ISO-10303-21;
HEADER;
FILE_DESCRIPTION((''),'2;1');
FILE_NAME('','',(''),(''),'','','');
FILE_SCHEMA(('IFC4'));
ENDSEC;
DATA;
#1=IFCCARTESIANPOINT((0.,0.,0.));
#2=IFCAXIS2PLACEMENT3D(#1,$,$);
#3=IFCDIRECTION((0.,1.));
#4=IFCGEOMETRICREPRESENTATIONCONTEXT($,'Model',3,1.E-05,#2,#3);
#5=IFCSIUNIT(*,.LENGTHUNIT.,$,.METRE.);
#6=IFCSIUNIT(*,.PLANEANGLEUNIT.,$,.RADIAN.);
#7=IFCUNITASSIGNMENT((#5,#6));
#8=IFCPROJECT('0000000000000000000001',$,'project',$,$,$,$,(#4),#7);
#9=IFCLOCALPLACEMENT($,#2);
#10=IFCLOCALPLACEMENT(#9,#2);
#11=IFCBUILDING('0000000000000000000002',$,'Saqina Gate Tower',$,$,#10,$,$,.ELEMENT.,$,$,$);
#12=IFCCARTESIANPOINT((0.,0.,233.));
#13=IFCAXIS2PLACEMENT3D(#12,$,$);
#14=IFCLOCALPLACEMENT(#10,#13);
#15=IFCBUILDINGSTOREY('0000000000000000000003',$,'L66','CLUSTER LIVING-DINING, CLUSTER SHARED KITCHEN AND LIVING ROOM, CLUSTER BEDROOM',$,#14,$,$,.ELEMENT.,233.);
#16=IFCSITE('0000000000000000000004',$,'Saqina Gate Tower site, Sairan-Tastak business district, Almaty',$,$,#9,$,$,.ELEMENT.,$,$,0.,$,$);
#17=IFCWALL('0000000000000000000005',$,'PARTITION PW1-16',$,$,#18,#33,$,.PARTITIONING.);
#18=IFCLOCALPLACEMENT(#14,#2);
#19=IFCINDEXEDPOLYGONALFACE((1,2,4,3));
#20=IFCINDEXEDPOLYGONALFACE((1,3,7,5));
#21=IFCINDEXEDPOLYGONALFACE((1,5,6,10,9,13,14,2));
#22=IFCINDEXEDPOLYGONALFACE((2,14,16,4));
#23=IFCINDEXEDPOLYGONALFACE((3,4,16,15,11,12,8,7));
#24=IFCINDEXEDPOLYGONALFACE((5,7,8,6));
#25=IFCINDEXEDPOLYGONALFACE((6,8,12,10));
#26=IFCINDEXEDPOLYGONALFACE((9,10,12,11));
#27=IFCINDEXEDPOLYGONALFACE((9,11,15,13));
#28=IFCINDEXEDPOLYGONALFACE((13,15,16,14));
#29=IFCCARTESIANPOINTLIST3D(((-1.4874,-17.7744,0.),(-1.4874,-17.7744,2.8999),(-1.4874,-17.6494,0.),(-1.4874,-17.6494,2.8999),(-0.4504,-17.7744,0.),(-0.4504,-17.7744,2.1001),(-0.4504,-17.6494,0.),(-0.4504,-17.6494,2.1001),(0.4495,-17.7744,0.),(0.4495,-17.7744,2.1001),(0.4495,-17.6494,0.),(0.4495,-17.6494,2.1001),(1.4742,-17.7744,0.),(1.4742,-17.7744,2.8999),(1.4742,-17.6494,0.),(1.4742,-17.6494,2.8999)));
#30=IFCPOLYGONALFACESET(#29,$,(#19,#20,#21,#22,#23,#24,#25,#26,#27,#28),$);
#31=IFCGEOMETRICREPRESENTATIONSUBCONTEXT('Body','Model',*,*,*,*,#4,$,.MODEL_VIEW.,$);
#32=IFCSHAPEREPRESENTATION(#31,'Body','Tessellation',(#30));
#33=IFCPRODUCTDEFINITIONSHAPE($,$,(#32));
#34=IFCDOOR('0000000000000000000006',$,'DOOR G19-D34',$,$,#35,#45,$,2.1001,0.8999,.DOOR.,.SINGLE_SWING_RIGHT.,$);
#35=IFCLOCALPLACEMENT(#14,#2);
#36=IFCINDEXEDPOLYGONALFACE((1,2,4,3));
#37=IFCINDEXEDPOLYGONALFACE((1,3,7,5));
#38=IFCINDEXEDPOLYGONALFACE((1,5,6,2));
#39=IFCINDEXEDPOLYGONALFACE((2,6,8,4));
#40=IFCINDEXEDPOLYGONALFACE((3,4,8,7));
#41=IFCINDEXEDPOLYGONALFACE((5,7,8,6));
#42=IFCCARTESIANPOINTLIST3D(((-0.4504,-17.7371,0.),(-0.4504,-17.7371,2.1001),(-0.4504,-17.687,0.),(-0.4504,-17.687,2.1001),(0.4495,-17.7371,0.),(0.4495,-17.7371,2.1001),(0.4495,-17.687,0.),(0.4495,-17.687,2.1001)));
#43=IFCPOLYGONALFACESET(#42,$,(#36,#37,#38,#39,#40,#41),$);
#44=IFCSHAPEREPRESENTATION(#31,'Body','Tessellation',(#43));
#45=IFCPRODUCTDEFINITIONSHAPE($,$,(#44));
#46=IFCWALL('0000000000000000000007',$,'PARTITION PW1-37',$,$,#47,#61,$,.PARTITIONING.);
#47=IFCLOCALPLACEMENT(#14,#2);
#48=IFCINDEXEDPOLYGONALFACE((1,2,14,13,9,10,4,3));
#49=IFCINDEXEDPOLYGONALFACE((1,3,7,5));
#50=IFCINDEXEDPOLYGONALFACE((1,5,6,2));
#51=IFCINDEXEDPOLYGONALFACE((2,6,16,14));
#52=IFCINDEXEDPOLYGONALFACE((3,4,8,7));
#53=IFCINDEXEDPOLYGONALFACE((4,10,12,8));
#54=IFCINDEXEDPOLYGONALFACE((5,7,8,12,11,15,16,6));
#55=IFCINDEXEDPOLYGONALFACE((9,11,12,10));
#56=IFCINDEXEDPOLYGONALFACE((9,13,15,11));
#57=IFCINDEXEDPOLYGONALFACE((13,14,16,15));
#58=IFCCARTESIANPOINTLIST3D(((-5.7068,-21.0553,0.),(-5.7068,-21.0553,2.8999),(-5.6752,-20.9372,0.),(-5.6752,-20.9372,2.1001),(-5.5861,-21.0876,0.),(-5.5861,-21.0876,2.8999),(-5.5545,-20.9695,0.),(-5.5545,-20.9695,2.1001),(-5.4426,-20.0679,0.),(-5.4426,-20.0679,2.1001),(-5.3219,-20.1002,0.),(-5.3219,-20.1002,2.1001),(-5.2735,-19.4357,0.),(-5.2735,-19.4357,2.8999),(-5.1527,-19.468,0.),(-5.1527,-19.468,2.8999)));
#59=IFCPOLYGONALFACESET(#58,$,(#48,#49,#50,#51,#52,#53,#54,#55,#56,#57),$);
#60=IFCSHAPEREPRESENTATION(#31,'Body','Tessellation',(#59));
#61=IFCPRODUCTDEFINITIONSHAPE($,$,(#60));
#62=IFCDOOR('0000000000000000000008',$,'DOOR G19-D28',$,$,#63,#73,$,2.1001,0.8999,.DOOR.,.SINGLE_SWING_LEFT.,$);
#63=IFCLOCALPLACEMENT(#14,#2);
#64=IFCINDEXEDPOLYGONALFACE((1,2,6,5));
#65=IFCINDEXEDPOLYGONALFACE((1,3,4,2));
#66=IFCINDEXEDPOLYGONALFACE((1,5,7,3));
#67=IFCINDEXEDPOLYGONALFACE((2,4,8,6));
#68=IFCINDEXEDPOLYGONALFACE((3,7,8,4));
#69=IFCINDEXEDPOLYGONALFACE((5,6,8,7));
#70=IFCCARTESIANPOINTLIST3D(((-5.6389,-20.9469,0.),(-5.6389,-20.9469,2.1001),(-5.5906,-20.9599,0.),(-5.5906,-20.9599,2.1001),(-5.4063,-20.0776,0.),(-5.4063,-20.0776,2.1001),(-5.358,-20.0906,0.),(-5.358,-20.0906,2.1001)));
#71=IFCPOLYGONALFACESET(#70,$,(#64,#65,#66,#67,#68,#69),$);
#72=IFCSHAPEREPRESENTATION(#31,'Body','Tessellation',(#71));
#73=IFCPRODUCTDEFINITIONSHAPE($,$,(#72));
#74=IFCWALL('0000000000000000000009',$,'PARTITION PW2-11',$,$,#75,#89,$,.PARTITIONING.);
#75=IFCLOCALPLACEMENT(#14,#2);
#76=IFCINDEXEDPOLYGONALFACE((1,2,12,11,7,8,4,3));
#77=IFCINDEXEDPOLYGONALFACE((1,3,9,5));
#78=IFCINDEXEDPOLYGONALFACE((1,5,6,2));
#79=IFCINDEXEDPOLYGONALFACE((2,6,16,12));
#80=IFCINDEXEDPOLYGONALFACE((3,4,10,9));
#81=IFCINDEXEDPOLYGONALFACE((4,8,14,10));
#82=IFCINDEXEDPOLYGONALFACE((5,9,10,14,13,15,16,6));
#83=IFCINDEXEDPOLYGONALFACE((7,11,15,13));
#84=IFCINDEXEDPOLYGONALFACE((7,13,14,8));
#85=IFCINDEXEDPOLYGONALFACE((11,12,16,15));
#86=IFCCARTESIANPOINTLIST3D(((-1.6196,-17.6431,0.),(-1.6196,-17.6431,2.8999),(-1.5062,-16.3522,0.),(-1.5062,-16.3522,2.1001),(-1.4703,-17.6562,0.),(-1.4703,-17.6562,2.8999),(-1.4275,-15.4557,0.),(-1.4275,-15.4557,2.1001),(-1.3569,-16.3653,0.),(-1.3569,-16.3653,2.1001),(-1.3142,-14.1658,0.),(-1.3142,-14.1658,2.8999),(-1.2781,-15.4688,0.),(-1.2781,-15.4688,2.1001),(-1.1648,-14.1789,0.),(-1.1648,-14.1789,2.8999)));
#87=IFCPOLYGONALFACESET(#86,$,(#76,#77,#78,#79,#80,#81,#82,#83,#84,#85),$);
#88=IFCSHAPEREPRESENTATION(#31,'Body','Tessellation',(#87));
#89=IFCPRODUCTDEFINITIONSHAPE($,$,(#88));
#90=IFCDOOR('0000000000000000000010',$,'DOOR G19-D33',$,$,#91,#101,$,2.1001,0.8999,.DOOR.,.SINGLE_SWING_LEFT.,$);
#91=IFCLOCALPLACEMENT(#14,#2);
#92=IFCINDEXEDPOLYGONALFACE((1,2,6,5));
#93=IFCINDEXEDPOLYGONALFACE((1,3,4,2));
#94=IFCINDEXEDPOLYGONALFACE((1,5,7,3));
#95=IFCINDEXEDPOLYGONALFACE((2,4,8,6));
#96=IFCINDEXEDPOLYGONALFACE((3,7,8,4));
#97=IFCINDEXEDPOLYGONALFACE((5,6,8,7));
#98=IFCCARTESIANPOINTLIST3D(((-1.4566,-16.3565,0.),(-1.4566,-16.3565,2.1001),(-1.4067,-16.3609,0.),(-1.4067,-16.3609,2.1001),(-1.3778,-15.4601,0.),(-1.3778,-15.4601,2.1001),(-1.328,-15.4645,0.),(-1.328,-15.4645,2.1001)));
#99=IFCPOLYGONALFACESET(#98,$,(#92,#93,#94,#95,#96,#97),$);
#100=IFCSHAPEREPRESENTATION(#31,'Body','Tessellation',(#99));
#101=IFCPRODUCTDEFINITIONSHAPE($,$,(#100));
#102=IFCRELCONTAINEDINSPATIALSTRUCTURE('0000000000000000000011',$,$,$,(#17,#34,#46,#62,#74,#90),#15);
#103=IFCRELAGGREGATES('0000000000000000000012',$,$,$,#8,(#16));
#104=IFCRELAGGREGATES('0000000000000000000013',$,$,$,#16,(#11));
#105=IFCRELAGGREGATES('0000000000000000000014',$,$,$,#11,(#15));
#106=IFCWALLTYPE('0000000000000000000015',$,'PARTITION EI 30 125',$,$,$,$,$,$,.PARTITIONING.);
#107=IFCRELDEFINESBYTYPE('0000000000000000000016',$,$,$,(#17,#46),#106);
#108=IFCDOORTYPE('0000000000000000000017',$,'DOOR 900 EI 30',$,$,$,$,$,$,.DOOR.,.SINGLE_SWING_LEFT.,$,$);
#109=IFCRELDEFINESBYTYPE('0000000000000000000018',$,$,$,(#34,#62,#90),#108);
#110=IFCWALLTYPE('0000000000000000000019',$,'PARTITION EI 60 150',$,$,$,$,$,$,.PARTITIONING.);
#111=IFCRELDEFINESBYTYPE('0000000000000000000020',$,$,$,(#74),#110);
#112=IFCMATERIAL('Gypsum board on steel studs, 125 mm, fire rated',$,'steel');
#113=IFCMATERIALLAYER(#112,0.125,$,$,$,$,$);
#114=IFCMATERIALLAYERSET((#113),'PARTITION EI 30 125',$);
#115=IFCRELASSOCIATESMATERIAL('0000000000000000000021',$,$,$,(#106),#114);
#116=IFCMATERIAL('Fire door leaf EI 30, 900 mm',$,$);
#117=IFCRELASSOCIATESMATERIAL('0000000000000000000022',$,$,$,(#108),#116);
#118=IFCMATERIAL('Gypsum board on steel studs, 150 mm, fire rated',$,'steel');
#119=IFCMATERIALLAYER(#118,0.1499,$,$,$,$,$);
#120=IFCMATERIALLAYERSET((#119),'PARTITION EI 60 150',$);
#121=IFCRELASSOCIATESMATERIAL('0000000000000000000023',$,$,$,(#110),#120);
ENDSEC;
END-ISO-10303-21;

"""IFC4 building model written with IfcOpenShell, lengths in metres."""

from ifc_helpers import new_model, si_unit, direction, frame, frame_2d, origin, place, context, subcontext, project, spatial, rectangle, extrude, material, layer, layer_set, type_object, element, fill, save


model = new_model("IFC4")

# Units and contexts
model_context = context("Model", 3, precision=1e-05, world=origin(), true_north=direction((0.0, 1.0)))
body_context = subcontext(model_context, "Body", "Model", "MODEL_VIEW")
ifc_project = project(units=[si_unit("LENGTHUNIT", "METRE"), si_unit("PLANEANGLEUNIT", "RADIAN")], contexts=[model_context])

# Site, building, storey
site_placement = place(None, origin())
site = spatial("IfcSite", under=ifc_project, at=site_placement, Name="Saqina Gate Tower site, Sairan-Tastak business district, Almaty", CompositionType="ELEMENT", RefElevation=0.0)
building_placement = place(site_placement, origin())
building = spatial("IfcBuilding", under=site, at=building_placement, Name="Saqina Gate Tower", CompositionType="ELEMENT")
storey_placement = place(building_placement, frame((0.0, 0.0, 233.0)))
storey = spatial("IfcBuildingStorey", under=building, at=storey_placement, Name="L66", Description="CLUSTER LIVING-DINING, CLUSTER SHARED KITCHEN AND LIVING ROOM, CLUSTER BEDROOM", CompositionType="ELEMENT", Elevation=233.0)

# Shared definitions
ifc_material_1 = material(Name="Gypsum board on steel studs, 125 mm, fire rated", Category="steel")
ifc_layer_1 = layer(ifc_material_1, 0.125)
ifc_layer_set_1 = layer_set([ifc_layer_1], Name="PARTITION EI 30 125")
wall_type_1 = type_object("IfcWallType", Name="PARTITION EI 30 125", PredefinedType="PARTITIONING", material=ifc_layer_set_1)

# Walls, openings, doors
wall_1_placement = place(storey_placement, frame((-1.4875, -17.7119, 0.0), z_axis=(0.0, 0.0, 1.0), x_axis=(1.0, 0.0, 0.0)))
wall_1 = element("IfcWall", 1, at=wall_1_placement, inside=storey, type_object=wall_type_1, Name="PARTITION PW1-16", PredefinedType="PARTITIONING", context=body_context, shape_type="SweptSolid", body=[
    extrude(rectangle(XDim=2.9617, YDim=0.125, at=frame_2d((1.481, 0.0))), origin(), (0.0, 0.0, 1.0), 2.8999),
])
opening_1_placement = place(wall_1_placement, frame((1.0371, 0.0, 0.0)))
opening_1 = element("IfcOpeningElement", 2, at=opening_1_placement, cuts=wall_1, PredefinedType="OPENING", context=body_context, shape_type="SweptSolid", body=[
    extrude(rectangle(XDim=0.8999, YDim=2.1001, at=frame_2d((0.45, 1.05))), frame((0.0, 0.0745, 0.0), z_axis=(0.0, -1.0, 0.0), x_axis=(1.0, 0.0, 0.0)), (0.0, 0.0, 1.0), 0.1489),
])
ifc_material_2 = material(Name="Fire door leaf EI 30, 900 mm")
door_type_1 = type_object("IfcDoorType", Name="DOOR 900 EI 30", OperationType="SINGLE_SWING_LEFT", PredefinedType="DOOR", material=ifc_material_2)
door_1_placement = place(opening_1_placement, origin())
door_1 = element("IfcDoor", 3, at=door_1_placement, inside=storey, type_object=door_type_1, Name="DOOR G19-D34", OperationType="SINGLE_SWING_RIGHT", OverallHeight=2.1001, OverallWidth=0.8999, PredefinedType="DOOR", context=body_context, shape_type="SweptSolid", body=[
    extrude(rectangle(XDim=0.8999, YDim=2.1001, at=frame_2d((0.45, 1.05))), frame((0.0, 0.0249, 0.0), z_axis=(0.0, -1.0, 0.0), x_axis=(1.0, 0.0, 0.0)), (0.0, 0.0, 1.0), 0.05),
])
fill(opening_1, door_1)
wall_2_placement = place(storey_placement, frame((-5.6465, -21.0715, 0.0), z_axis=(0.0, 0.0, 1.0), x_axis=(0.258469, 0.96602, 0.0)))
wall_2 = element("IfcWall", 4, at=wall_2_placement, inside=storey, type_object=wall_type_1, Name="PARTITION PW1-37", PredefinedType="PARTITIONING", context=body_context, shape_type="SweptSolid", body=[
    extrude(rectangle(XDim=1.6765, YDim=0.125, at=frame_2d((0.8384, 0.0))), origin(), (0.0, 0.0, 1.0), 2.8999),
])
opening_2_placement = place(wall_2_placement, frame((0.1223, 0.0, 0.0)))
opening_2 = element("IfcOpeningElement", 5, at=opening_2_placement, cuts=wall_2, PredefinedType="OPENING", context=body_context, shape_type="SweptSolid", body=[
    extrude(rectangle(XDim=0.8999, YDim=2.1001, at=frame_2d((0.45, 1.05))), frame((0.0, 0.0745, 0.0), z_axis=(0.0, -1.0, 0.0), x_axis=(1.0, 0.0, 0.0)), (0.0, 0.0, 1.0), 0.1489),
])
door_2_placement = place(opening_2_placement, origin())
door_2 = element("IfcDoor", 6, at=door_2_placement, inside=storey, type_object=door_type_1, Name="DOOR G19-D28", OperationType="SINGLE_SWING_LEFT", OverallHeight=2.1001, OverallWidth=0.8999, PredefinedType="DOOR", context=body_context, shape_type="SweptSolid", body=[
    extrude(rectangle(XDim=0.8999, YDim=2.1001, at=frame_2d((0.45, 1.05))), frame((0.0, 0.0249, 0.0), z_axis=(0.0, -1.0, 0.0), x_axis=(1.0, 0.0, 0.0)), (0.0, 0.0, 1.0), 0.05),
])
fill(opening_2, door_2)
ifc_material_3 = material(Name="Gypsum board on steel studs, 150 mm, fire rated", Category="steel")
ifc_layer_2 = layer(ifc_material_3, 0.1499)
ifc_layer_set_2 = layer_set([ifc_layer_2], Name="PARTITION EI 60 150")
wall_type_2 = type_object("IfcWallType", Name="PARTITION EI 60 150", PredefinedType="PARTITIONING", material=ifc_layer_set_2)
wall_3_placement = place(storey_placement, frame((-1.5449, -17.6497, 0.0), z_axis=(0.0, 0.0, 1.0), x_axis=(0.087496, 0.996165, 0.0)))
wall_3 = element("IfcWall", 7, at=wall_3_placement, inside=storey, type_object=wall_type_2, Name="PARTITION PW2-11", PredefinedType="PARTITIONING", context=body_context, shape_type="SweptSolid", body=[
    extrude(rectangle(XDim=3.4907, YDim=0.1499, at=frame_2d((1.7454, 0.0))), origin(), (0.0, 0.0, 1.0), 2.8999),
])
opening_3_placement = place(wall_3_placement, frame((1.2959, 0.0, 0.0)))
opening_3 = element("IfcOpeningElement", 8, at=opening_3_placement, cuts=wall_3, PredefinedType="OPENING", context=body_context, shape_type="SweptSolid", body=[
    extrude(rectangle(XDim=0.8999, YDim=2.1001, at=frame_2d((0.45, 1.05))), frame((0.0, 0.0869, 0.0), z_axis=(0.0, -1.0, 0.0), x_axis=(1.0, 0.0, 0.0)), (0.0, 0.0, 1.0), 0.1738),
])
door_3_placement = place(opening_3_placement, frame((0.8999, 0.0, 0.0), z_axis=(0.0, 0.0, 1.0), x_axis=(-1.0, 0.0, 0.0)))
door_3 = element("IfcDoor", 9, at=door_3_placement, inside=storey, type_object=door_type_1, Name="DOOR G19-D33", OperationType="SINGLE_SWING_LEFT", OverallHeight=2.1001, OverallWidth=0.8999, PredefinedType="DOOR", context=body_context, shape_type="SweptSolid", body=[
    extrude(rectangle(XDim=0.8999, YDim=2.1001, at=frame_2d((0.45, 1.05))), frame((0.0, 0.0249, 0.0), z_axis=(0.0, -1.0, 0.0), x_axis=(1.0, 0.0, 0.0)), (0.0, 0.0, 1.0), 0.05),
])
fill(opening_3, door_3)

save(model, "model.ifc")
